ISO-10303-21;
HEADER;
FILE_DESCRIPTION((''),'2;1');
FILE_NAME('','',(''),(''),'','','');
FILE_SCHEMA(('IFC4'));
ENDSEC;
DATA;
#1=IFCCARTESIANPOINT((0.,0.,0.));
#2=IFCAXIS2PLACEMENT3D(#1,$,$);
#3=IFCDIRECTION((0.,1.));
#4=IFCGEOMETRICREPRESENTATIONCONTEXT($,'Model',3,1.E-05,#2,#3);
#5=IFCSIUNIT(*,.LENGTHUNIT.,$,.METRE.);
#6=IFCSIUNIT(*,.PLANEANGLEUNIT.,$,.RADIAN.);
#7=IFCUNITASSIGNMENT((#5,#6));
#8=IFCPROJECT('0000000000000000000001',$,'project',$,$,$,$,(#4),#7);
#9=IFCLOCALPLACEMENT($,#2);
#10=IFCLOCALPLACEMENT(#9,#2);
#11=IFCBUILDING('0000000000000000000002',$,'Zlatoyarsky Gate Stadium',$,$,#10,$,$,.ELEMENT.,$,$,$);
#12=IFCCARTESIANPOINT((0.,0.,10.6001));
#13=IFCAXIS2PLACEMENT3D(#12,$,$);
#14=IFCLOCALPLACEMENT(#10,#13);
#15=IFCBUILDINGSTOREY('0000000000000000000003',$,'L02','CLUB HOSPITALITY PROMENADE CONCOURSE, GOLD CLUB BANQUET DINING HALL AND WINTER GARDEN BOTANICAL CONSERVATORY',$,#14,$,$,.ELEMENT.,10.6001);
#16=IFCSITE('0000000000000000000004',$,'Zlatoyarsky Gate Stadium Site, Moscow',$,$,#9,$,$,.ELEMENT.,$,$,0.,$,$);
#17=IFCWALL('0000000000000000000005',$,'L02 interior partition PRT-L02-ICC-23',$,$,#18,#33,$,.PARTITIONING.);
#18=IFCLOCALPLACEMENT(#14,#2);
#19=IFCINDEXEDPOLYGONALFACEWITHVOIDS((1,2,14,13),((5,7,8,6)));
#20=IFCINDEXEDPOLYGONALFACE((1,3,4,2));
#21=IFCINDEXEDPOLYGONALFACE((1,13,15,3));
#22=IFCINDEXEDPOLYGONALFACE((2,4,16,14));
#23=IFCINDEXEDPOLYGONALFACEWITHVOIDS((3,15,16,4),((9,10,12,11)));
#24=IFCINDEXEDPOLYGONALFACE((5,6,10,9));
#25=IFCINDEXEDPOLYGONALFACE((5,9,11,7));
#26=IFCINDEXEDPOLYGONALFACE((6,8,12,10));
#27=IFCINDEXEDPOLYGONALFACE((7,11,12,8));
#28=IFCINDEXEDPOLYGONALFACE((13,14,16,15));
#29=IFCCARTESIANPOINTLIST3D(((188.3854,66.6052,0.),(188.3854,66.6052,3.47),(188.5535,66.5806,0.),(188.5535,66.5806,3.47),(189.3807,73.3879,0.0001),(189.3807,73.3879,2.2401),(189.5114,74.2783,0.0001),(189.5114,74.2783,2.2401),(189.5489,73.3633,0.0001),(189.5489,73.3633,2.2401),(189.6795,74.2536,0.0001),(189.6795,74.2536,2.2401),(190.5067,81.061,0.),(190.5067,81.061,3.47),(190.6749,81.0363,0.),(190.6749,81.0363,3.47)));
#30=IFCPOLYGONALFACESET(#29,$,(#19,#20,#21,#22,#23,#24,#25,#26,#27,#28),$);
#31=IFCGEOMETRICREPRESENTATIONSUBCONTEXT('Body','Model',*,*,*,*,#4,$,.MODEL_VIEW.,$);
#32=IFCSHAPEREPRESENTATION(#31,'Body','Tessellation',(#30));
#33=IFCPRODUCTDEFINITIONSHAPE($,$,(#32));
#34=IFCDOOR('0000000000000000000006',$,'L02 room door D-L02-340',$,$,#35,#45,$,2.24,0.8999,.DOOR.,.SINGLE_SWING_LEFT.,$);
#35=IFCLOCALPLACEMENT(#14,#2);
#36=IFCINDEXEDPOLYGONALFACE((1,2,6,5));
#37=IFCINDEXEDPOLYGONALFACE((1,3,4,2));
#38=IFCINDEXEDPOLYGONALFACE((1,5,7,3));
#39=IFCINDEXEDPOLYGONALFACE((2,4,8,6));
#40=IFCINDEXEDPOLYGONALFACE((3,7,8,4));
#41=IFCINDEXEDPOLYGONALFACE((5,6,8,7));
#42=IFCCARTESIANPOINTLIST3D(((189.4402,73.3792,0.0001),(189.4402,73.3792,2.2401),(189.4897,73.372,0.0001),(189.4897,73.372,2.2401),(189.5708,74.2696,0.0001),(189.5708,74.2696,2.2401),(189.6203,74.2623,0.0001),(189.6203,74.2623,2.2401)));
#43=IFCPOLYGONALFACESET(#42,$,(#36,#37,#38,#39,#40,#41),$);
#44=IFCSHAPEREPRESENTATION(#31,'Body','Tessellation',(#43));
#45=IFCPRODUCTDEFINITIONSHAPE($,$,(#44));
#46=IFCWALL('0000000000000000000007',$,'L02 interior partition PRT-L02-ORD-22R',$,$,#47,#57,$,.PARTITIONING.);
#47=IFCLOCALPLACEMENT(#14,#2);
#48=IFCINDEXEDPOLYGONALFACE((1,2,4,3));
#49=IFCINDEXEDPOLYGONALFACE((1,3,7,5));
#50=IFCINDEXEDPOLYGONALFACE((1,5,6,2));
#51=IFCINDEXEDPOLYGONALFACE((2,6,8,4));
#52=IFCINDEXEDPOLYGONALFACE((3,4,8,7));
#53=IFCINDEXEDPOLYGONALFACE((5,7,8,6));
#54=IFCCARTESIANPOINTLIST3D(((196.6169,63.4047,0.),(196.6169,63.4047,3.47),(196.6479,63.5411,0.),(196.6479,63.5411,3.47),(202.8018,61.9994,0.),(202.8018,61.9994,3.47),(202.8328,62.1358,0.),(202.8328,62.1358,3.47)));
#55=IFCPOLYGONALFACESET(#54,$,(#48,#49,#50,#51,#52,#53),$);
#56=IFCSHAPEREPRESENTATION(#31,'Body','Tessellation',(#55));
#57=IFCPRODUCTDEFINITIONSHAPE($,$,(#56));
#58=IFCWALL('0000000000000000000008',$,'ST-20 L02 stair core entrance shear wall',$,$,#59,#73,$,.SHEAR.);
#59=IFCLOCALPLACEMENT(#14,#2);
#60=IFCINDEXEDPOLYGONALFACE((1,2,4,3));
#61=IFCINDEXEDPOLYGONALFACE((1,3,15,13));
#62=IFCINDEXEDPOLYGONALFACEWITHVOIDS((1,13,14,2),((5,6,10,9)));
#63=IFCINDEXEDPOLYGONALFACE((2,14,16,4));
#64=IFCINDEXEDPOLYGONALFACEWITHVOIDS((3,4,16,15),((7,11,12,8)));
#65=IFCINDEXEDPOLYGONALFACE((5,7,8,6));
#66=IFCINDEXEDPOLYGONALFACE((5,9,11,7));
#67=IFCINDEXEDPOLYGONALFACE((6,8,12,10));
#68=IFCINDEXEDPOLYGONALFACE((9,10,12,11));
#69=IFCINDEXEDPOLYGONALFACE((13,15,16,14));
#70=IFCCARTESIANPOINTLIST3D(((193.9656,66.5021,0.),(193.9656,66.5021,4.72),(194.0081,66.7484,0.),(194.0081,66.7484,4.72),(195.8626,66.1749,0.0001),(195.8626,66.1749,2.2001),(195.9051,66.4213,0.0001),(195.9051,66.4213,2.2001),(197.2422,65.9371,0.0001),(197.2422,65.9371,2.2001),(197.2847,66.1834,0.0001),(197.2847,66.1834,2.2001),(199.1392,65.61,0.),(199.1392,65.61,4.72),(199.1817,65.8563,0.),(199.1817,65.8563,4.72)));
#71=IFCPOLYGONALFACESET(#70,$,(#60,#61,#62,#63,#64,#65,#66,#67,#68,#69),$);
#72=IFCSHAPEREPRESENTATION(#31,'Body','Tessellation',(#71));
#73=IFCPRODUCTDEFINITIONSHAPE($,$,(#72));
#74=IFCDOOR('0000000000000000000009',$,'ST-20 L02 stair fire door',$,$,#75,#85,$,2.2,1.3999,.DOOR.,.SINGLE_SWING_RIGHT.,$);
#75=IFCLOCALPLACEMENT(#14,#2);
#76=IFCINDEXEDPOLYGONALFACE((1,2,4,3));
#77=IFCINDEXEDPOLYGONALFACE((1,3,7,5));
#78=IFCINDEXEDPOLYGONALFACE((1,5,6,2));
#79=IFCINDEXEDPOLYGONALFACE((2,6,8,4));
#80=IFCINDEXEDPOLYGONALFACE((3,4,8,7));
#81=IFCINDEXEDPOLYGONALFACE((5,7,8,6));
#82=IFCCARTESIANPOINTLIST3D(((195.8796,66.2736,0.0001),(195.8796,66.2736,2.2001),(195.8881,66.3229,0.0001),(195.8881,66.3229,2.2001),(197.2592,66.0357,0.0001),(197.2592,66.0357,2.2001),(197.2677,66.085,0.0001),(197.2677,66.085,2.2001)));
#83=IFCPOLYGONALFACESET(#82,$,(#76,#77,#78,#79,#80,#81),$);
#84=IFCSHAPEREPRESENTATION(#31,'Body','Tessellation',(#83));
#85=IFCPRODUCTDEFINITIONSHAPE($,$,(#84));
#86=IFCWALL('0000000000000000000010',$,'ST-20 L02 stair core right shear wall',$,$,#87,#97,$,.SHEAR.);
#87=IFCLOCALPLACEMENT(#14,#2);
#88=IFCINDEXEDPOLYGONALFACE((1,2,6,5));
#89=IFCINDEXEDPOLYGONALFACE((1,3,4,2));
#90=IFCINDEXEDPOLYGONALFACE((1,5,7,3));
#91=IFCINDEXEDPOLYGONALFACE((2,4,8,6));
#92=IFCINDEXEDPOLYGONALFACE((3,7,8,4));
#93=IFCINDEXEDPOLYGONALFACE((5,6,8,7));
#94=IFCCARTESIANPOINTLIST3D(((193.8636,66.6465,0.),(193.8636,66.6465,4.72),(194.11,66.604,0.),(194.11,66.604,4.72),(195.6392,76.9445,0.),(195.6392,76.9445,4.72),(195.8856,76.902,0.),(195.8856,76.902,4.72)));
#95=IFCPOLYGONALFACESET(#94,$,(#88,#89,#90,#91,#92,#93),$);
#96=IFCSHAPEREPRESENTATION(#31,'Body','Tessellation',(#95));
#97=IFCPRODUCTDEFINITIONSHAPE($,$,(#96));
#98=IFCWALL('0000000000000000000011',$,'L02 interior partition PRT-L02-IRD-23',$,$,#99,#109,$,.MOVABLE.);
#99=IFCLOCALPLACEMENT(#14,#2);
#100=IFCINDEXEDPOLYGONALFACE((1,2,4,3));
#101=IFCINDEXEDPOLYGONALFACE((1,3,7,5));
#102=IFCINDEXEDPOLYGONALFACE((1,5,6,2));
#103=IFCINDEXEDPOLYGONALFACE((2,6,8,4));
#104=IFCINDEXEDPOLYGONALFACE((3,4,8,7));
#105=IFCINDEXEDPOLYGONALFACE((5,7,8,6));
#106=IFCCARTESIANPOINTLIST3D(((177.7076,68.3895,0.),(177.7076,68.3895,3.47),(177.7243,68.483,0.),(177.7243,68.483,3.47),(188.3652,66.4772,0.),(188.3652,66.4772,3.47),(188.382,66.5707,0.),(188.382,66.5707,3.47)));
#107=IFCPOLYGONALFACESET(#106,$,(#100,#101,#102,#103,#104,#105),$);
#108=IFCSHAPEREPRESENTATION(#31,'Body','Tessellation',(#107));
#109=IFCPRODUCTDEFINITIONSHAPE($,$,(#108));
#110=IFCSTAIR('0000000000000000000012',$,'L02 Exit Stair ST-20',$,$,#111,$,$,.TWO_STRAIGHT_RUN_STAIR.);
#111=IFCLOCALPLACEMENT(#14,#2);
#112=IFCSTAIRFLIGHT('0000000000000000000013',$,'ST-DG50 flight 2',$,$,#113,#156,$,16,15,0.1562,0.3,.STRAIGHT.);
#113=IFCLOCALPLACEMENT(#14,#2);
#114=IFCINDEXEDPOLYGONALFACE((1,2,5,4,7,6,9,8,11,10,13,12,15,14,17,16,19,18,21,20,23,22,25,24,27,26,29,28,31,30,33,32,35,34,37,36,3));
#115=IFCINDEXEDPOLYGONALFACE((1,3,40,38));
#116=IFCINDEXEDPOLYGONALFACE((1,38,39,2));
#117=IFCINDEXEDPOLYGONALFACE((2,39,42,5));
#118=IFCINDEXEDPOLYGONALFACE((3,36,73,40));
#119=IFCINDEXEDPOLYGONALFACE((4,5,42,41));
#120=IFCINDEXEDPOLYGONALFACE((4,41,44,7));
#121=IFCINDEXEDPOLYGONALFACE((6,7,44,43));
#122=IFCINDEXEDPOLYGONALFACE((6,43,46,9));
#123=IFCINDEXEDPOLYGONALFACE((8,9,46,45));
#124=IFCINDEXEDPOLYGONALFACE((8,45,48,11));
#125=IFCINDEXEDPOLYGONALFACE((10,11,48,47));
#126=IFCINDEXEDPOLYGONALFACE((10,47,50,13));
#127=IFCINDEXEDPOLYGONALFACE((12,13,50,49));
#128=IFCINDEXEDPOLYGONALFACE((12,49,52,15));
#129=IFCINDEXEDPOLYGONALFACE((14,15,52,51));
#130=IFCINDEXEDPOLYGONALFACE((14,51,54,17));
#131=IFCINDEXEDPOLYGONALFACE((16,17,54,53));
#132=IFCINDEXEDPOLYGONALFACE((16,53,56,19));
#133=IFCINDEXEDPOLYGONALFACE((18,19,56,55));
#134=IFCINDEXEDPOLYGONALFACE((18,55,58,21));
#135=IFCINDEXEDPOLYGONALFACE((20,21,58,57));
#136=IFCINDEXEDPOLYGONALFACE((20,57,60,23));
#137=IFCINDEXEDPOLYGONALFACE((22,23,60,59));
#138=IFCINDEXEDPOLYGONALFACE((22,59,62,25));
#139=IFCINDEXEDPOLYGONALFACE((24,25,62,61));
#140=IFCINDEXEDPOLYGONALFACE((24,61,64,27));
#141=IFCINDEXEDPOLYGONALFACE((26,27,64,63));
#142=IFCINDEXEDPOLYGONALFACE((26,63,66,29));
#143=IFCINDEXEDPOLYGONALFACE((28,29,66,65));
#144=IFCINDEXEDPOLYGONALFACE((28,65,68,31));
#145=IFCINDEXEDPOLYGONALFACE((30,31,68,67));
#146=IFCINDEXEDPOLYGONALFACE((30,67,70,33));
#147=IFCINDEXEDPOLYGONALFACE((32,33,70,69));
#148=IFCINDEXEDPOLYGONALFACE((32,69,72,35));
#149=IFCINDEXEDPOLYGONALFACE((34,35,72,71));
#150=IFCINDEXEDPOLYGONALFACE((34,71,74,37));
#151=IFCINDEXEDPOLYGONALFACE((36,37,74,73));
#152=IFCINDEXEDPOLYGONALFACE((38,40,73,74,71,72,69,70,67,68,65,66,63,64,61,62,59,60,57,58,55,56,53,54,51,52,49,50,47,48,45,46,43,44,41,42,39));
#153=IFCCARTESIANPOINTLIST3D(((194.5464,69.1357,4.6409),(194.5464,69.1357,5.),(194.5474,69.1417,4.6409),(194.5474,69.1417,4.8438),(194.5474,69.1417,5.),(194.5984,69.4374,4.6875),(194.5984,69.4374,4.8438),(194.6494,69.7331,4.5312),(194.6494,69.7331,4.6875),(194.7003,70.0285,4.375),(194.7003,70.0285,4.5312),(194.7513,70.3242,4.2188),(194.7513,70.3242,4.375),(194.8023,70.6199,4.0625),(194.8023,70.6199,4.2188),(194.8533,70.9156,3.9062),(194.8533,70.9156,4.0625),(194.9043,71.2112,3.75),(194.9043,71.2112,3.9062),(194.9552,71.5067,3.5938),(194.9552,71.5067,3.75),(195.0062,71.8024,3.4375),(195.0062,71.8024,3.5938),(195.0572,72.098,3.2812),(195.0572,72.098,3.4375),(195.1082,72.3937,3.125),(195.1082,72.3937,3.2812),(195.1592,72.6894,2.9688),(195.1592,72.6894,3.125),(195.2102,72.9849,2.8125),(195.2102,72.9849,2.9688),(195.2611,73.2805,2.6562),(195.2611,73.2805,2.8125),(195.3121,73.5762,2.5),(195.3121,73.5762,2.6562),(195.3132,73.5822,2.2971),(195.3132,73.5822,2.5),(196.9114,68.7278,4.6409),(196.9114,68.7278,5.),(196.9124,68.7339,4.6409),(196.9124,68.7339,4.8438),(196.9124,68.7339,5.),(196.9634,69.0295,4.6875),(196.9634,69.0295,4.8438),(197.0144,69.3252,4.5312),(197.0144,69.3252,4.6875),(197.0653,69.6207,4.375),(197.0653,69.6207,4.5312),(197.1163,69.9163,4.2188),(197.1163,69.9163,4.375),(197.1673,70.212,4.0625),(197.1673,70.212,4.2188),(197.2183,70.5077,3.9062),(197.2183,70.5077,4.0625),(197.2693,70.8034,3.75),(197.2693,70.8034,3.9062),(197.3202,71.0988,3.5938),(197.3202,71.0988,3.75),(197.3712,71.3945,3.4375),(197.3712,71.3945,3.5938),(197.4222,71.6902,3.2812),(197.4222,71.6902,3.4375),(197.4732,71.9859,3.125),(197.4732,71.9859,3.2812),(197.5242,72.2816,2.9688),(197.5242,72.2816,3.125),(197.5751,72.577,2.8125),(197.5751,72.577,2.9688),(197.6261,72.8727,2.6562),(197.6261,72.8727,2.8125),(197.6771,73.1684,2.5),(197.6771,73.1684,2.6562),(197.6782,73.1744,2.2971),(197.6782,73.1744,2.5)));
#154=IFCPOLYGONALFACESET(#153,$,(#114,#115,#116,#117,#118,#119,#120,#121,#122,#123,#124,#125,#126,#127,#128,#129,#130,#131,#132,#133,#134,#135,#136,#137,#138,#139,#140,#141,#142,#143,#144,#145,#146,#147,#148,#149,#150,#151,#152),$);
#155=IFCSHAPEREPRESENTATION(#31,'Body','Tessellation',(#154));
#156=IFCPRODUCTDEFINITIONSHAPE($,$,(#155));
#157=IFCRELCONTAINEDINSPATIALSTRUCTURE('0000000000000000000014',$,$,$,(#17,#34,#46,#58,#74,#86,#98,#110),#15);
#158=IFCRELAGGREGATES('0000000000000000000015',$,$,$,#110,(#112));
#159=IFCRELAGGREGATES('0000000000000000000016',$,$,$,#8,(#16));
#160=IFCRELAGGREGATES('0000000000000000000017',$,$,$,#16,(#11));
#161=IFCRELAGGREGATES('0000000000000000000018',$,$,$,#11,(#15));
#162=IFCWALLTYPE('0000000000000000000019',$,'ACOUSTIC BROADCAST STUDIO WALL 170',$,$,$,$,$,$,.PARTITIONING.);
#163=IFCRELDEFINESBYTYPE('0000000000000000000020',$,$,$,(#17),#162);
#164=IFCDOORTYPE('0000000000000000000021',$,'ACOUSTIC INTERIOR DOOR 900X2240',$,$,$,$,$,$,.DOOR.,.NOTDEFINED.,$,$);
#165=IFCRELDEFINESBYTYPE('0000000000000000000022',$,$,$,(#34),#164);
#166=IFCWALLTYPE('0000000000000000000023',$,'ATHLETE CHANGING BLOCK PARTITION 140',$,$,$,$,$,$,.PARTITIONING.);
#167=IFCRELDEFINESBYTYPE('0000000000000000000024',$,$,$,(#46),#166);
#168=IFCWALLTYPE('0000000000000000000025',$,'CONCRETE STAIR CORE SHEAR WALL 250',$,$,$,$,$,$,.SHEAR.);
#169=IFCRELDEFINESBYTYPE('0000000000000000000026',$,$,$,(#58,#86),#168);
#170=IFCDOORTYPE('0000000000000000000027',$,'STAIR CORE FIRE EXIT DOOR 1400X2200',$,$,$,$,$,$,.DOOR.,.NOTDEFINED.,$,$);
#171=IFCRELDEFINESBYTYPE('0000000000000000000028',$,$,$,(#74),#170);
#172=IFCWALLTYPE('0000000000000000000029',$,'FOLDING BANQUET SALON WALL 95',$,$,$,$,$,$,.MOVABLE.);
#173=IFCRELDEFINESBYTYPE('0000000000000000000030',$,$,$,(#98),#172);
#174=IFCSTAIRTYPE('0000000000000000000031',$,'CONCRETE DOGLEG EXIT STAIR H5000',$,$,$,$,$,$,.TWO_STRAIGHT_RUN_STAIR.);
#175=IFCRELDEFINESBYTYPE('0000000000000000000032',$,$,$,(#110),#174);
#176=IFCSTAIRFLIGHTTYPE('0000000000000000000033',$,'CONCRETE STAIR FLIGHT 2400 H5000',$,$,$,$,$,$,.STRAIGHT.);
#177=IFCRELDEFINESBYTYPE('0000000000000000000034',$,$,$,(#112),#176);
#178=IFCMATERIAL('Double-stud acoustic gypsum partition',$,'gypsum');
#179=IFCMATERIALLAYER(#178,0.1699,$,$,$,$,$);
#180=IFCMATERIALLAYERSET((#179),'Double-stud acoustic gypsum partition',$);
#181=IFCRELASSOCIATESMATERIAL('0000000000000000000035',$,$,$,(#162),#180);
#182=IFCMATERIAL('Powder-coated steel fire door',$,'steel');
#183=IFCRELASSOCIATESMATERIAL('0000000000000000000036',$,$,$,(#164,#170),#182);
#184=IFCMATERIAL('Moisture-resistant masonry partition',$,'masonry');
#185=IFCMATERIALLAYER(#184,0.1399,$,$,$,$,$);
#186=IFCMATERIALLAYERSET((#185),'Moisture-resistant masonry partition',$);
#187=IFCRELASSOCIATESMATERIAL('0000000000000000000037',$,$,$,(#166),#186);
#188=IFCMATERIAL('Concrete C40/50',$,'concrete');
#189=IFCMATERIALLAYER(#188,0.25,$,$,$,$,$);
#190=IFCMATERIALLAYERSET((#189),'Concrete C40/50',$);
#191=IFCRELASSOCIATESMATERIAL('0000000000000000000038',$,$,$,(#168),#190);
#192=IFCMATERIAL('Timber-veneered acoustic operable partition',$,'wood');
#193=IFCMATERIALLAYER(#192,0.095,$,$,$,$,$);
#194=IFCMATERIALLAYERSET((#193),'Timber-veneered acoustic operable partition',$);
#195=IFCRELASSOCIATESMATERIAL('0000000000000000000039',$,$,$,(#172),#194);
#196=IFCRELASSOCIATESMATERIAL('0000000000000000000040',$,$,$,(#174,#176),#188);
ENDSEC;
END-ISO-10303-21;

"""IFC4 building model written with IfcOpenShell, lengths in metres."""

from ifc_helpers import new_model, si_unit, direction, frame, frame_2d, origin, place, context, subcontext, project, spatial, polyline, rectangle, outline, extrude, material, layer, layer_set, type_object, element, fill, aggregate, save


model = new_model("IFC4")

# Units and contexts
model_context = context("Model", 3, precision=1e-05, world=origin(), true_north=direction((0.0, 1.0)))
body_context = subcontext(model_context, "Body", "Model", "MODEL_VIEW")
ifc_project = project(units=[si_unit("LENGTHUNIT", "METRE"), si_unit("PLANEANGLEUNIT", "RADIAN")], contexts=[model_context])

# Site, building, storey
site_placement = place(None, origin())
site = spatial("IfcSite", under=ifc_project, at=site_placement, Name="Zlatoyarsky Gate Stadium Site, Moscow", CompositionType="ELEMENT", RefElevation=0.0)
building_placement = place(site_placement, origin())
building = spatial("IfcBuilding", under=site, at=building_placement, Name="Zlatoyarsky Gate Stadium", CompositionType="ELEMENT")
storey_placement = place(building_placement, frame((0.0, 0.0, 10.6001)))
storey = spatial("IfcBuildingStorey", under=building, at=storey_placement, Name="L02", Description="CLUB HOSPITALITY PROMENADE CONCOURSE, GOLD CLUB BANQUET DINING HALL AND WINTER GARDEN BOTANICAL CONSERVATORY", CompositionType="ELEMENT", Elevation=10.6001)

# Shared definitions
ifc_material_1 = material(Name="Concrete C40/50", Category="concrete")

# Wall, opening, door
ifc_material_2 = material(Name="Double-stud acoustic gypsum partition", Category="gypsum")
ifc_layer_1 = layer(ifc_material_2, 0.1699)
ifc_layer_set_1 = layer_set([ifc_layer_1], Name="Double-stud acoustic gypsum partition")
wall_type_1 = type_object("IfcWallType", Name="ACOUSTIC BROADCAST STUDIO WALL 170", PredefinedType="PARTITIONING", material=ifc_layer_set_1)
wall_1_placement = place(storey_placement, frame((188.4695, 66.593, 0.0), z_axis=(0.0, 0.0, 1.0), x_axis=(0.145191, 0.989404, 0.0)))
wall_1 = element("IfcWall", 1, at=wall_1_placement, inside=storey, type_object=wall_type_1, Name="L02 interior partition PRT-L02-ICC-23", PredefinedType="PARTITIONING", context=body_context, shape_type="SweptSolid", body=[
    extrude(rectangle(XDim=14.6106, YDim=0.1699, at=frame_2d((7.3052, 0.0))), origin(), (0.0, 0.0, 1.0), 3.47),
])
opening_1_placement = place(wall_1_placement, frame((6.8552, 0.0, 0.0)))
opening_1 = element("IfcOpeningElement", 2, at=opening_1_placement, cuts=wall_1, PredefinedType="OPENING", context=body_context, shape_type="SweptSolid", body=[
    extrude(rectangle(XDim=0.8999, YDim=2.24, at=frame_2d((0.45, 1.1201))), frame((0.0, 0.095, 0.0), z_axis=(0.0, -1.0, 0.0), x_axis=(1.0, 0.0, 0.0)), (0.0, 0.0, 1.0), 0.1899),
])
ifc_material_3 = material(Name="Powder-coated steel fire door", Category="steel")
door_type_1 = type_object("IfcDoorType", Name="ACOUSTIC INTERIOR DOOR 900X2240", OperationType="NOTDEFINED", PredefinedType="DOOR", material=ifc_material_3)
door_1_placement = place(opening_1_placement, origin())
door_1 = element("IfcDoor", 3, at=door_1_placement, inside=storey, type_object=door_type_1, Name="L02 room door D-L02-340", OperationType="SINGLE_SWING_LEFT", OverallHeight=2.24, OverallWidth=0.8999, PredefinedType="DOOR", context=body_context, shape_type="SweptSolid", body=[
    extrude(rectangle(XDim=0.8999, YDim=2.24, at=frame_2d((0.45, 1.1201))), frame((0.0, 0.0249, 0.0), z_axis=(0.0, -1.0, 0.0), x_axis=(1.0, 0.0, 0.0)), (0.0, 0.0, 1.0), 0.05),
])
fill(opening_1, door_1)

# Wall
ifc_material_4 = material(Name="Moisture-resistant masonry partition", Category="masonry")
ifc_layer_2 = layer(ifc_material_4, 0.1399)
ifc_layer_set_2 = layer_set([ifc_layer_2], Name="Moisture-resistant masonry partition")
wall_type_2 = type_object("IfcWallType", Name="ATHLETE CHANGING BLOCK PARTITION 140", PredefinedType="PARTITIONING", material=ifc_layer_set_2)
wall_2_placement = place(storey_placement, frame((196.6323, 63.4729, 0.0), z_axis=(0.0, 0.0, 1.0), x_axis=(0.975145, -0.221566, 0.0)))
element("IfcWall", 4, at=wall_2_placement, inside=storey, type_object=wall_type_2, Name="L02 interior partition PRT-L02-ORD-22R", PredefinedType="PARTITIONING", context=body_context, shape_type="SweptSolid", body=[
    extrude(rectangle(XDim=6.3425, YDim=0.1399, at=frame_2d((3.1714, 0.0))), origin(), (0.0, 0.0, 1.0), 3.47),
])

# Wall, opening, door
ifc_layer_3 = layer(ifc_material_1, 0.25)
ifc_layer_set_3 = layer_set([ifc_layer_3], Name="Concrete C40/50")
wall_type_3 = type_object("IfcWallType", Name="CONCRETE STAIR CORE SHEAR WALL 250", PredefinedType="SHEAR", material=ifc_layer_set_3)
wall_3_placement = place(storey_placement, frame((193.9868, 66.6252, 0.0), z_axis=(0.0, 0.0, 1.0), x_axis=(0.985457, -0.169924, 0.0)))
wall_3 = element("IfcWall", 5, at=wall_3_placement, inside=storey, type_object=wall_type_3, Name="ST-20 L02 stair core entrance shear wall", PredefinedType="SHEAR", context=body_context, shape_type="SweptSolid", body=[
    extrude(rectangle(XDim=5.25, YDim=0.25, at=frame_2d((2.625, 0.0))), origin(), (0.0, 0.0, 1.0), 4.72),
])
opening_2_placement = place(wall_3_placement, frame((1.925, 0.0, 0.0)))
opening_2 = element("IfcOpeningElement", 6, at=opening_2_placement, cuts=wall_3, PredefinedType="OPENING", context=body_context, shape_type="SweptSolid", body=[
    extrude(rectangle(XDim=1.3999, YDim=2.2, at=frame_2d((0.7, 1.1001))), frame((0.0, 0.135, 0.0), z_axis=(0.0, -1.0, 0.0), x_axis=(1.0, 0.0, 0.0)), (0.0, 0.0, 1.0), 0.27),
])
door_type_2 = type_object("IfcDoorType", Name="STAIR CORE FIRE EXIT DOOR 1400X2200", OperationType="NOTDEFINED", PredefinedType="DOOR", material=ifc_material_3)
door_2_placement = place(opening_2_placement, frame((1.3999, 0.0, 0.0), z_axis=(0.0, 0.0, 1.0), x_axis=(-1.0, 0.0, 0.0)))
door_2 = element("IfcDoor", 7, at=door_2_placement, inside=storey, type_object=door_type_2, Name="ST-20 L02 stair fire door", OperationType="SINGLE_SWING_RIGHT", OverallHeight=2.2, OverallWidth=1.3999, PredefinedType="DOOR", context=body_context, shape_type="SweptSolid", body=[
    extrude(rectangle(XDim=1.3999, YDim=2.2, at=frame_2d((0.7, 1.1001))), frame((0.0, 0.0249, 0.0), z_axis=(0.0, -1.0, 0.0), x_axis=(1.0, 0.0, 0.0)), (0.0, 0.0, 1.0), 0.05),
])
fill(opening_2, door_2)

# Walls
wall_4_placement = place(storey_placement, frame((195.7625, 76.9233, 0.0), z_axis=(0.0, 0.0, 1.0), x_axis=(-0.169916, -0.985458, 0.0)))
element("IfcWall", 8, at=wall_4_placement, inside=storey, type_object=wall_type_3, Name="ST-20 L02 stair core right shear wall", PredefinedType="SHEAR", context=body_context, shape_type="SweptSolid", body=[
    extrude(rectangle(XDim=10.45, YDim=0.25, at=frame_2d((5.2251, 0.0))), origin(), (0.0, 0.0, 1.0), 4.72),
])
ifc_material_5 = material(Name="Timber-veneered acoustic operable partition", Category="wood")
ifc_layer_4 = layer(ifc_material_5, 0.095)
ifc_layer_set_4 = layer_set([ifc_layer_4], Name="Timber-veneered acoustic operable partition")
wall_type_4 = type_object("IfcWallType", Name="FOLDING BANQUET SALON WALL 95", PredefinedType="MOVABLE", material=ifc_layer_set_4)
wall_5_placement = place(storey_placement, frame((177.7158, 68.4363, 0.0), z_axis=(0.0, 0.0, 1.0), x_axis=(0.98428, -0.176613, 0.0)))
element("IfcWall", 9, at=wall_5_placement, inside=storey, type_object=wall_type_4, Name="L02 interior partition PRT-L02-IRD-23", PredefinedType="MOVABLE", context=body_context, shape_type="SweptSolid", body=[
    extrude(rectangle(XDim=10.8279, YDim=0.095, at=frame_2d((5.4141, 0.0))), origin(), (0.0, 0.0, 1.0), 3.47),
])

# Stair, stair flight
stair_type = type_object("IfcStairType", Name="CONCRETE DOGLEG EXIT STAIR H5000", PredefinedType="TWO_STRAIGHT_RUN_STAIR", material=ifc_material_1)
stair_placement = place(storey_placement, origin())
stair = element("IfcStair", 10, at=stair_placement, inside=storey, type_object=stair_type, Name="L02 Exit Stair ST-20", PredefinedType="TWO_STRAIGHT_RUN_STAIR")
stair_flight_type = type_object("IfcStairFlightType", Name="CONCRETE STAIR FLIGHT 2400 H5000", PredefinedType="STRAIGHT", material=ifc_material_1)
stair_flight_placement = place(storey_placement, frame((196.4946, 73.3723, 2.5), z_axis=(0.0, 0.0, 1.0), x_axis=(-0.169938, -0.985455, 0.0)))
stair_flight = element("IfcStairFlight", 11, at=stair_flight_placement, type_object=stair_flight_type, Name="ST-DG50 flight 2", NumberOfRisers=16, NumberOfTreads=15, PredefinedType="STRAIGHT", RiserHeight=0.1562, TreadLength=0.3, context=body_context, shape_type="SweptSolid", body=[
    extrude(outline(polyline([(-0.0061, -0.2029), (-0.0061, 0.0), (0.0, 0.0), (0.0, 0.1562), (0.3, 0.1562), (0.3, 0.3125), (0.6001, 0.3125), (0.6001, 0.4688), (0.8999, 0.4688), (0.8999, 0.625), (1.2, 0.625), (1.2, 0.7812), (1.5, 0.7812), (1.5, 0.9375), (1.8, 0.9375), (1.8, 1.0938), (2.1001, 1.0938), (2.1001, 1.25), (2.3999, 1.25), (2.3999, 1.4062), (2.7, 1.4062), (2.7, 1.5625), (3.0, 1.5625), (3.0, 1.7188), (3.3, 1.7188), (3.3, 1.875), (3.6001, 1.875), (3.6001, 2.0312), (3.8999, 2.0312), (3.8999, 2.1875), (4.2, 2.1875), (4.2, 2.3438), (4.5, 2.3438), (4.5, 2.5), (4.5061, 2.5), (4.5061, 2.1409), (4.5, 2.1409), (-0.0061, -0.2029)])), frame((0.0, 1.2, 0.0), z_axis=(0.0, -1.0, 0.0), x_axis=(1.0, 0.0, 0.0)), (0.0, 0.0, 1.0), 2.3999),
])
aggregate(stair, [stair_flight])

save(model, "model.ifc")
